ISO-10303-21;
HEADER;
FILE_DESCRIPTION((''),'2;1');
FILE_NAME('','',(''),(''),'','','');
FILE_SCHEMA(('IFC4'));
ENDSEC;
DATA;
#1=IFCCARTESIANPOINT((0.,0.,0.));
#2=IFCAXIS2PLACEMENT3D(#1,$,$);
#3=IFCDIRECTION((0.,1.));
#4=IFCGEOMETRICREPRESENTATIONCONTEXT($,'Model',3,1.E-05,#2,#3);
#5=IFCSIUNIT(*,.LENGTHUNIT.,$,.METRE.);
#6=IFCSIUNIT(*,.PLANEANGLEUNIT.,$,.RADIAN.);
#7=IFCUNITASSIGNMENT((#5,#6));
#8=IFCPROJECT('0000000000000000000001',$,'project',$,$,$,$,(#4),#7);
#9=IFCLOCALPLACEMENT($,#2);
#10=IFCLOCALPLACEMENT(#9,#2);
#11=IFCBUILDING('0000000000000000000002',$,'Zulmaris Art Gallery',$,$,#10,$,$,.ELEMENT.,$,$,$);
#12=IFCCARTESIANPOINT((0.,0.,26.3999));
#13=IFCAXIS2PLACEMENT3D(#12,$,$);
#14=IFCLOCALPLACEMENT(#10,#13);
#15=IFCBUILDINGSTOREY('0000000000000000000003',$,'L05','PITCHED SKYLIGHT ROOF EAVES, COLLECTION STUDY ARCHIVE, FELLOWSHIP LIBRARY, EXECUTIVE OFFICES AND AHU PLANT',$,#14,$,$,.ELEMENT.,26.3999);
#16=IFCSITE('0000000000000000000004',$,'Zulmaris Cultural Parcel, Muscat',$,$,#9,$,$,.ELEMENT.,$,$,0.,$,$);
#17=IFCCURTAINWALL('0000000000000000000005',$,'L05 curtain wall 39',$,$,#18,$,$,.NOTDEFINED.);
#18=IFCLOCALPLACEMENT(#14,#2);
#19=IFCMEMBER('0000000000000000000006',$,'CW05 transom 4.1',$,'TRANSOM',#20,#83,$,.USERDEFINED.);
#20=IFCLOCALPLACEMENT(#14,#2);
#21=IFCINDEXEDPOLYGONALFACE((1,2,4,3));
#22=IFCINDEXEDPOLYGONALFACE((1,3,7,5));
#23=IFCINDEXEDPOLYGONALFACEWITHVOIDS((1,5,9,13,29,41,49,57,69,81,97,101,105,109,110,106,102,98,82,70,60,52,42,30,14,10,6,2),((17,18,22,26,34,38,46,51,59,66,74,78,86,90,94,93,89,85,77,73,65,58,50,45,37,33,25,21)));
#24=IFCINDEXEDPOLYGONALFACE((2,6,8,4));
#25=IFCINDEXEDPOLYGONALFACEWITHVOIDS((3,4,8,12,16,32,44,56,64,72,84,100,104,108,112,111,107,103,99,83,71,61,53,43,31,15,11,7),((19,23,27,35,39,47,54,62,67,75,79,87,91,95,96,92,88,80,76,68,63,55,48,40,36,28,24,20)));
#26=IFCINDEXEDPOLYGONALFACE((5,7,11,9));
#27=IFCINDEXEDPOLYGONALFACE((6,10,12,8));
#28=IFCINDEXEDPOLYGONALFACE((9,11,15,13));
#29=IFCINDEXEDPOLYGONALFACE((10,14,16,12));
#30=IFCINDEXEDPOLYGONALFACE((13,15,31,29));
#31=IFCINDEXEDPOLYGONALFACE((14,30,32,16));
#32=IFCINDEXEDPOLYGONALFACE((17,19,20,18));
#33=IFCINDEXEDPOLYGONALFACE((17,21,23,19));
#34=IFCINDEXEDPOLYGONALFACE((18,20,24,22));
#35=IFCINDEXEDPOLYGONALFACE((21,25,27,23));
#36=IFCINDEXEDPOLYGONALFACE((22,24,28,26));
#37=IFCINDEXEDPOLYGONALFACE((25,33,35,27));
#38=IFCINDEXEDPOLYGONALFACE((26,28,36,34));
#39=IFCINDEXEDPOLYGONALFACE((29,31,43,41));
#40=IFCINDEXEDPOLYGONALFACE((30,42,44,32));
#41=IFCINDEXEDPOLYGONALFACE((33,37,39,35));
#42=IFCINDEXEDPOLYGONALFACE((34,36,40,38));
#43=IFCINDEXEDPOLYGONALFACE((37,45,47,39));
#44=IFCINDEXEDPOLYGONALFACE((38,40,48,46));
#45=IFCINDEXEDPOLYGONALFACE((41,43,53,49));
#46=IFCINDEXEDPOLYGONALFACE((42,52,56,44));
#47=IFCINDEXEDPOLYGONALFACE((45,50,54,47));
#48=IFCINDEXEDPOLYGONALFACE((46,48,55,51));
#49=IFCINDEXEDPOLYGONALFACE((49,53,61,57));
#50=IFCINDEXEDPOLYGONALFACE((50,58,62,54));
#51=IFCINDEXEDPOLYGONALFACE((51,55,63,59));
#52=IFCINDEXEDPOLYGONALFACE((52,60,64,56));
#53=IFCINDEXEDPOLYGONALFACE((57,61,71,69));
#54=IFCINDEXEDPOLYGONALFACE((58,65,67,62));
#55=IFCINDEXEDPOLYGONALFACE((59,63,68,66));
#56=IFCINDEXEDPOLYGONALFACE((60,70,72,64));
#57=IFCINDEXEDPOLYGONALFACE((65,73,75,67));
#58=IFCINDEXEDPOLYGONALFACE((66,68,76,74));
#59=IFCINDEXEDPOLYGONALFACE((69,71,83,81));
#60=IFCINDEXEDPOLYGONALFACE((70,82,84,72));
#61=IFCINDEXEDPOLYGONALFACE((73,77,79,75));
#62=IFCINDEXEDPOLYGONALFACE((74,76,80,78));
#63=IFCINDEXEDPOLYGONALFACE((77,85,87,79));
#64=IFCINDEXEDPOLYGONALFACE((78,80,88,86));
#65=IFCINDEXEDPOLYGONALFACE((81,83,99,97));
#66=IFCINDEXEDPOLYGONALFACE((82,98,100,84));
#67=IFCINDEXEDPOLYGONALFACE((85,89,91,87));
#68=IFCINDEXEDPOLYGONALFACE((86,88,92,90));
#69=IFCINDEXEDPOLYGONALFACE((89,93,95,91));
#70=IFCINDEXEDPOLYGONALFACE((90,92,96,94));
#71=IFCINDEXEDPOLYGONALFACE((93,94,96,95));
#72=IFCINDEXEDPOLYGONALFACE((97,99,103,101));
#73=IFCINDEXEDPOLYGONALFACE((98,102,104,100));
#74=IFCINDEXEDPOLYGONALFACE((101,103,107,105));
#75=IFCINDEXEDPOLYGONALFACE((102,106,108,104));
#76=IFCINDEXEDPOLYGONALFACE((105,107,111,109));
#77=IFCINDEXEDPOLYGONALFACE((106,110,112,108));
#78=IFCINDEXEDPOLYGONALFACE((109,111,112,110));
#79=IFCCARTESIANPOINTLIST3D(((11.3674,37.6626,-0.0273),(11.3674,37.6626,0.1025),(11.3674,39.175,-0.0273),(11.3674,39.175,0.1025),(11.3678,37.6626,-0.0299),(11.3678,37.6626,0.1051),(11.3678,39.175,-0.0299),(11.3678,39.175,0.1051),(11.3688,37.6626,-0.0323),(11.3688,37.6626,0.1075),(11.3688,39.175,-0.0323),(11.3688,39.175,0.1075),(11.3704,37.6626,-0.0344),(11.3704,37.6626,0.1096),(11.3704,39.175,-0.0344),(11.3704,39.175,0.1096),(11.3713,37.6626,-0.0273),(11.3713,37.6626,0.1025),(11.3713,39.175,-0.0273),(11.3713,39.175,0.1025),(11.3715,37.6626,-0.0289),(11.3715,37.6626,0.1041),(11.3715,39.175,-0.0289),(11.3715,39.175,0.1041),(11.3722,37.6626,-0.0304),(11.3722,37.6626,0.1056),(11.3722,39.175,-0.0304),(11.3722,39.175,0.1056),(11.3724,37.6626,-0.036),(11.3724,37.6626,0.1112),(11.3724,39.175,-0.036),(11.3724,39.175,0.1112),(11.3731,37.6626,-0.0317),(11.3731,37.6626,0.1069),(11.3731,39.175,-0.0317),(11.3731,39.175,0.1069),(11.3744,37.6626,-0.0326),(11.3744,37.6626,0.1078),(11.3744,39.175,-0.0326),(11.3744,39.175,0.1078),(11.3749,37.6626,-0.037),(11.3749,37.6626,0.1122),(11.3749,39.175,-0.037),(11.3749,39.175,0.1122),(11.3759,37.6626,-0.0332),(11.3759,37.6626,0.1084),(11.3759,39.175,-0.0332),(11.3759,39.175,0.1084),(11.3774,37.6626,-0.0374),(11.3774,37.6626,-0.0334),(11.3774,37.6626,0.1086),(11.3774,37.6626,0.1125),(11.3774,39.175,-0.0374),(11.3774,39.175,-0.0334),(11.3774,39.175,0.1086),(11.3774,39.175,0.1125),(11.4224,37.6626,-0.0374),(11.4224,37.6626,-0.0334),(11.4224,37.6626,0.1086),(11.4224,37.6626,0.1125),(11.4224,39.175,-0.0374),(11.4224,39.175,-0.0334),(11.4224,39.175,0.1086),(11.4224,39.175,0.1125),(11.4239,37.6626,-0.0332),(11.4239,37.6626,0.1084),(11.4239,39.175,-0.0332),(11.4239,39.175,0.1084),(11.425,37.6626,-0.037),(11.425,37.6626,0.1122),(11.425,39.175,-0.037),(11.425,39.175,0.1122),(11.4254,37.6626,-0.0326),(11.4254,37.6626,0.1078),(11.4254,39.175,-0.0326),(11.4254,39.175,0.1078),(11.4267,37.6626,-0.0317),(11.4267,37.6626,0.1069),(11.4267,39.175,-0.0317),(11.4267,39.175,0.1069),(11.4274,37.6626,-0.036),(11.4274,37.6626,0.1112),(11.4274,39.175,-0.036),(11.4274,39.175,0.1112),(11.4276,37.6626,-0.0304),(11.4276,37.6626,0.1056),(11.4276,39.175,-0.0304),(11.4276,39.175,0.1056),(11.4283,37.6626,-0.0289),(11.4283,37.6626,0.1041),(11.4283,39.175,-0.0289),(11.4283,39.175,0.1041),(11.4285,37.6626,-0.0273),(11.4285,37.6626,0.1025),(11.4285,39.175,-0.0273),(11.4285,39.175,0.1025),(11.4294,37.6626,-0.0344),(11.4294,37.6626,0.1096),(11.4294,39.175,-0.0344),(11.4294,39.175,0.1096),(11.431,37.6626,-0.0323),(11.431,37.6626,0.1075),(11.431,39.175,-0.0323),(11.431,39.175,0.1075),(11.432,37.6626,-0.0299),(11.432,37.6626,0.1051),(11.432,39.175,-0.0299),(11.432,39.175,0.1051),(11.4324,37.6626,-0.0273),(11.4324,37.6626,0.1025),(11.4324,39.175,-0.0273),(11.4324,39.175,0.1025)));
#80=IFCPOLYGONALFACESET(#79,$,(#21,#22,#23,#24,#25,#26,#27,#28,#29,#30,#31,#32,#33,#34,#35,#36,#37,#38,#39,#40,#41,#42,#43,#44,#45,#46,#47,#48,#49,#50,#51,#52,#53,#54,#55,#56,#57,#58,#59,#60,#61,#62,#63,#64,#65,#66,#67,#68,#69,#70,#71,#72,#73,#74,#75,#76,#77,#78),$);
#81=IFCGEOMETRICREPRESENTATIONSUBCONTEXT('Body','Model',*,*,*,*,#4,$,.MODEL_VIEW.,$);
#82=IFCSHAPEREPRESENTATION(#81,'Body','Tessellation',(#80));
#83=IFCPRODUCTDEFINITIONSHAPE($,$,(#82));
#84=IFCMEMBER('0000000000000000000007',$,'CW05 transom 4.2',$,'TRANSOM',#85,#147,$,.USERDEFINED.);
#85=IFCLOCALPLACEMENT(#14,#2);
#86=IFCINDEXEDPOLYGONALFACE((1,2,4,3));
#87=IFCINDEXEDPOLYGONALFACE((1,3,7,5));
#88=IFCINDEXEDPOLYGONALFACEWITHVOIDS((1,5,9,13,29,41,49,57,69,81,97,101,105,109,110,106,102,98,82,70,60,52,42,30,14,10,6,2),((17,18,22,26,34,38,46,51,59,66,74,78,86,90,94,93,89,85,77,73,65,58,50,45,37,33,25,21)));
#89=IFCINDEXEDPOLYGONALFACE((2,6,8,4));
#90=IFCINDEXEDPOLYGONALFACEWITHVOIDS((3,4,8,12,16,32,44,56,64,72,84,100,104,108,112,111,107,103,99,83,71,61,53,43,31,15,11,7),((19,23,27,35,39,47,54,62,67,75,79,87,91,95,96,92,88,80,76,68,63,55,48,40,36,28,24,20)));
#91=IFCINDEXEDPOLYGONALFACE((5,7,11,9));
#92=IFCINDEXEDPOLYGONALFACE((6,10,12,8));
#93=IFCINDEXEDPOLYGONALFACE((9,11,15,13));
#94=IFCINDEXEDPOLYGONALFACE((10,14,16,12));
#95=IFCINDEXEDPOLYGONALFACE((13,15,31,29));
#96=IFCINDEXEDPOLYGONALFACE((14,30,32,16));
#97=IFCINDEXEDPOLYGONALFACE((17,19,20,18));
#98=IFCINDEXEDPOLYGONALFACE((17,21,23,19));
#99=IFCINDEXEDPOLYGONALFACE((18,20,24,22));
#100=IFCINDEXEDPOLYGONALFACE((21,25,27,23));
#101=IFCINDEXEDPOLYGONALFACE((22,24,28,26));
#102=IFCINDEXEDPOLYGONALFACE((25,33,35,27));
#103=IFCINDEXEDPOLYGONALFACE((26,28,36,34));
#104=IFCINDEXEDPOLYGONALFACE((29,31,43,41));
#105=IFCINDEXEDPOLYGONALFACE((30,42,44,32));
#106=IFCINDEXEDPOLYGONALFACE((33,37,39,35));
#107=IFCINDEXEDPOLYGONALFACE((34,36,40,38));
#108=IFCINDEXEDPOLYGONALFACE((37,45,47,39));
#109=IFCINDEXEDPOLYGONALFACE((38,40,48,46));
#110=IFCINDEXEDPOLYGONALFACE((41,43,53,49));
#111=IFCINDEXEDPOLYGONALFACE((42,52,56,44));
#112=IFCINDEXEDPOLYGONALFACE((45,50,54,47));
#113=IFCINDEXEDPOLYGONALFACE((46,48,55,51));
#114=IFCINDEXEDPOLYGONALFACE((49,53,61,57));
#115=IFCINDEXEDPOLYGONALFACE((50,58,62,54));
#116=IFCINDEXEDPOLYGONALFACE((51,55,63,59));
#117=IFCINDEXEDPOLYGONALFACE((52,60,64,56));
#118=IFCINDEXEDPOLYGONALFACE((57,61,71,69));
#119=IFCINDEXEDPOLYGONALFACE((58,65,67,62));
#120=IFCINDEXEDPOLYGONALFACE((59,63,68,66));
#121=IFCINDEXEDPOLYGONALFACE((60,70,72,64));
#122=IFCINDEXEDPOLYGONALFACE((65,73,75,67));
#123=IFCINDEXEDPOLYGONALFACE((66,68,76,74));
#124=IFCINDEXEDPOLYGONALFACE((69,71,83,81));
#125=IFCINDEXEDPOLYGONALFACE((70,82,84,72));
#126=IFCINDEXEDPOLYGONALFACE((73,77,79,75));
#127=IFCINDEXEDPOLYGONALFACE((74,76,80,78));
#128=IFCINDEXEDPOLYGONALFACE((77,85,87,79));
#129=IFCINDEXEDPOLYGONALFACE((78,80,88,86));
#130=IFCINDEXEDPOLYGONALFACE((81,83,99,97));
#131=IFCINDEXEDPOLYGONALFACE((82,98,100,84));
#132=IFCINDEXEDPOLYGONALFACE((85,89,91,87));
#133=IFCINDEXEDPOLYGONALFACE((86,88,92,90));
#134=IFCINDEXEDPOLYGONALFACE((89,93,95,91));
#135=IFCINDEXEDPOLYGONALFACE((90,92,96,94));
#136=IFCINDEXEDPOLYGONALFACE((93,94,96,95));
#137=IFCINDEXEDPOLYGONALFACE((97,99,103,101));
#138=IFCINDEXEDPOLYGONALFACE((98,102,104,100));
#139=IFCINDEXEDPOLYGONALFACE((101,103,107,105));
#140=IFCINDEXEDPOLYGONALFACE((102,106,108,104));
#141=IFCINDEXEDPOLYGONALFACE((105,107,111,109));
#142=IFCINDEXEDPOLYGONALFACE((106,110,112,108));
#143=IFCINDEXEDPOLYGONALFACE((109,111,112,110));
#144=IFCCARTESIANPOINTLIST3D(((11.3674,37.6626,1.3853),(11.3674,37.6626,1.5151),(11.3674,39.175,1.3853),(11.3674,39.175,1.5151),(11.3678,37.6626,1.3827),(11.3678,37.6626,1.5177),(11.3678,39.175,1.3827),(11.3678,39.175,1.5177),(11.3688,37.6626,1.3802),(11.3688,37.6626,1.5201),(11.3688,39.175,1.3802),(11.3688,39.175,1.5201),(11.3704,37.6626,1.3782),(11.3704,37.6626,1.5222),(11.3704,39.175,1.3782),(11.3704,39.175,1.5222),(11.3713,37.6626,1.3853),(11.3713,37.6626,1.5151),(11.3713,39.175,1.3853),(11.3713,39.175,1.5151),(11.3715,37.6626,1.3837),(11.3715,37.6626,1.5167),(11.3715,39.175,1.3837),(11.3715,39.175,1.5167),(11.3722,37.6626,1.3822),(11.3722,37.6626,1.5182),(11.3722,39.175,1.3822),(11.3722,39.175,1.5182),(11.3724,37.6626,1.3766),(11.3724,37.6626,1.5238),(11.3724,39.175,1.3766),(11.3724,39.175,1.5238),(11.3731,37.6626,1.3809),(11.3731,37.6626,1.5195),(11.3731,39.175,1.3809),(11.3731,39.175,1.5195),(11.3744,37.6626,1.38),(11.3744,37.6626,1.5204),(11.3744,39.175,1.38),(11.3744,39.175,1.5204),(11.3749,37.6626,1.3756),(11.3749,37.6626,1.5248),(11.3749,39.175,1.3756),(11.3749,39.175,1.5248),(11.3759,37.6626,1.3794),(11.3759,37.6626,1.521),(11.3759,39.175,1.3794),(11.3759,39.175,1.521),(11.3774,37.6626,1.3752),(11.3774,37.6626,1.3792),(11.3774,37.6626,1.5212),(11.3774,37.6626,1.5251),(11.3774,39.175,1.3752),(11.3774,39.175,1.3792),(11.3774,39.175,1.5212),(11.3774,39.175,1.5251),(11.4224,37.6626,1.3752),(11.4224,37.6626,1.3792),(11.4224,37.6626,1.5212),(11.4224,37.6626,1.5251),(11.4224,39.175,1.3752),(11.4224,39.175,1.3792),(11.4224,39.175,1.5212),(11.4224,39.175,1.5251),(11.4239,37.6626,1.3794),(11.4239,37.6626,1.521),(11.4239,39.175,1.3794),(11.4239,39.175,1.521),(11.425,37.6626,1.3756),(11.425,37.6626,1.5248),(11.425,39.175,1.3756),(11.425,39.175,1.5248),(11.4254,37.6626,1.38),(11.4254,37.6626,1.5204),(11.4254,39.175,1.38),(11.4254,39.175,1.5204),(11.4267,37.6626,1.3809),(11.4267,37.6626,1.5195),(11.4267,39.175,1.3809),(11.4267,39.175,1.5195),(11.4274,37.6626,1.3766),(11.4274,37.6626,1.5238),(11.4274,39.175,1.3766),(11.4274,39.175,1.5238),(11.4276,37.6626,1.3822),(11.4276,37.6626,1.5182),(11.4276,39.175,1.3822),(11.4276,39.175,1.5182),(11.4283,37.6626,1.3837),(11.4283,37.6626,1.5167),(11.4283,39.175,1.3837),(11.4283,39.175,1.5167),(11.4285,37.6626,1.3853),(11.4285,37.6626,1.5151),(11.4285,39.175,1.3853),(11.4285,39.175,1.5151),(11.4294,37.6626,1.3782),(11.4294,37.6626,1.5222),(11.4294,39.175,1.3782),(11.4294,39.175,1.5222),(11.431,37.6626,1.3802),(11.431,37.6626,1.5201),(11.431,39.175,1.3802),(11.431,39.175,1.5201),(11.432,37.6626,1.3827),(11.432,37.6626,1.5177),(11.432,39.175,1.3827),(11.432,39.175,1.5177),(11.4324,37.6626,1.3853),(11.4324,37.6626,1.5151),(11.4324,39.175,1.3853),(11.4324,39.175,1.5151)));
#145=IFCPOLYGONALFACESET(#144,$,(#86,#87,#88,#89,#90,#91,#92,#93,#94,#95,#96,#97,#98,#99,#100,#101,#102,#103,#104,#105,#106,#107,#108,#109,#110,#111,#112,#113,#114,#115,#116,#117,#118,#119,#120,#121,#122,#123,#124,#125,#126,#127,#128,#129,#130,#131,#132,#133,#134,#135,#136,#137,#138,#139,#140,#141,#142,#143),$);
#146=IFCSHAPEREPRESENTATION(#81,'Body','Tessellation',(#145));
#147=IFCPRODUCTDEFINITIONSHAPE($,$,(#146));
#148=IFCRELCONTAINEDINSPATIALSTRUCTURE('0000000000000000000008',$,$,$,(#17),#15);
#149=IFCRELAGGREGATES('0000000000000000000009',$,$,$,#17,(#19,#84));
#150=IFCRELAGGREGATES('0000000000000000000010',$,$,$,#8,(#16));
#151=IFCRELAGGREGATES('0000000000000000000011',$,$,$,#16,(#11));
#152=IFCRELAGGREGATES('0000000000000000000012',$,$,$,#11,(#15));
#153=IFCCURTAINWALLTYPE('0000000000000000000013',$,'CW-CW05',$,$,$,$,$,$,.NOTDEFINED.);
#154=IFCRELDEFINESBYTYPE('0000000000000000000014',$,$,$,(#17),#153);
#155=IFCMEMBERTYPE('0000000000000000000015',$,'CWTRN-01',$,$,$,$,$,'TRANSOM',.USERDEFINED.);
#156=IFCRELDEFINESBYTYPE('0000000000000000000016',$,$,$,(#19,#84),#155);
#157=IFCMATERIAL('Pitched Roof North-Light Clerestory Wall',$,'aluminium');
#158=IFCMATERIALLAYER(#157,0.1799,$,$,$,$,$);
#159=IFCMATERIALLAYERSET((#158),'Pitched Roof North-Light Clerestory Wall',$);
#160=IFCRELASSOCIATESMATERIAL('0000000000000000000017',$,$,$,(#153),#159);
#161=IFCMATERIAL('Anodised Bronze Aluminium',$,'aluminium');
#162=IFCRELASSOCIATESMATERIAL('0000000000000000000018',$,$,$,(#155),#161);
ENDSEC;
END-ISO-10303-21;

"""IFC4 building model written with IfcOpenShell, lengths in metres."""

from ifc_helpers import new_model, si_unit, direction, frame, origin, origin_2d, place, context, subcontext, project, spatial, hollow_rectangle, extrude, material, layer, layer_set, material_profile, profile_set, type_object, element, aggregate, save


model = new_model("IFC4")

# Units and contexts
model_context = context("Model", 3, precision=1e-05, world=origin(), true_north=direction((0.0, 1.0)))
body_context = subcontext(model_context, "Body", "Model", "MODEL_VIEW")
ifc_project = project(units=[si_unit("LENGTHUNIT", "METRE"), si_unit("PLANEANGLEUNIT", "RADIAN")], contexts=[model_context])

# Site, building, storey
site_placement = place(None, origin())
site = spatial("IfcSite", under=ifc_project, at=site_placement, Name="Zulmaris Cultural Parcel, Muscat", CompositionType="ELEMENT", RefElevation=0.0)
building_placement = place(site_placement, origin())
building = spatial("IfcBuilding", under=site, at=building_placement, Name="Zulmaris Art Gallery", CompositionType="ELEMENT")
storey_placement = place(building_placement, frame((0.0, 0.0, 26.3999)))
storey = spatial("IfcBuildingStorey", under=building, at=storey_placement, Name="L05", Description="PITCHED SKYLIGHT ROOF EAVES, COLLECTION STUDY ARCHIVE, FELLOWSHIP LIBRARY, EXECUTIVE OFFICES AND AHU PLANT", CompositionType="ELEMENT", Elevation=26.3999)

# Curtain wall
ifc_material_1 = material(Name="Pitched Roof North-Light Clerestory Wall", Category="aluminium")
ifc_layer_1 = layer(ifc_material_1, 0.1799)
ifc_layer_set_1 = layer_set([ifc_layer_1], Name="Pitched Roof North-Light Clerestory Wall")
curtain_wall_type = type_object("IfcCurtainWallType", Name="CW-CW05", PredefinedType="NOTDEFINED", material=ifc_layer_set_1)
curtain_wall_1_placement = place(storey_placement, origin())
curtain_wall_1 = element("IfcCurtainWall", 1, at=curtain_wall_1_placement, inside=storey, type_object=curtain_wall_type, Name="L05 curtain wall 39", PredefinedType="NOTDEFINED")
ifc_material_2 = material(Name="Anodised Bronze Aluminium", Category="aluminium")

# Members
ifc_material_profile_1 = material_profile(ifc_material_2, hollow_rectangle(XDim=0.0649, YDim=0.1499, WallThickness=0.0039, InnerFilletRadius=0.0061, OuterFilletRadius=0.01, at=origin_2d()), Name="ALU 65x150x4")
ifc_profile_set_1 = profile_set([ifc_material_profile_1], Name="Anodised Bronze Aluminium")
member_type_1 = type_object("IfcMemberType", Name="CWTRN-01", ElementType="TRANSOM", PredefinedType="USERDEFINED", material=ifc_profile_set_1)
member_1_placement = place(storey_placement, frame((11.3999, 37.6626, 0.0376), z_axis=(0.0, 1.0, 0.0), x_axis=(-1.0, 0.0, 0.0)))
member_1 = element("IfcMember", 2, at=member_1_placement, type_object=member_type_1, Name="CW05 transom 4.1", ObjectType="TRANSOM", PredefinedType="USERDEFINED", context=body_context, shape_type="SweptSolid", body=[
    extrude(hollow_rectangle(XDim=0.0649, YDim=0.1499, WallThickness=0.0039, InnerFilletRadius=0.0061, OuterFilletRadius=0.01, at=origin_2d()), origin(), (0.0, 0.0, 1.0), 1.5125),
])
member_2_placement = place(storey_placement, frame((11.3999, 37.6626, 1.4502), z_axis=(0.0, 1.0, 0.0), x_axis=(-1.0, 0.0, 0.0)))
member_2 = element("IfcMember", 3, at=member_2_placement, type_object=member_type_1, Name="CW05 transom 4.2", ObjectType="TRANSOM", PredefinedType="USERDEFINED", context=body_context, shape_type="SweptSolid", body=[
    extrude(hollow_rectangle(XDim=0.0649, YDim=0.1499, WallThickness=0.0039, InnerFilletRadius=0.0061, OuterFilletRadius=0.01, at=origin_2d()), origin(), (0.0, 0.0, 1.0), 1.5125),
])

aggregate(curtain_wall_1, [member_1, member_2])

save(model, "model.ifc")
